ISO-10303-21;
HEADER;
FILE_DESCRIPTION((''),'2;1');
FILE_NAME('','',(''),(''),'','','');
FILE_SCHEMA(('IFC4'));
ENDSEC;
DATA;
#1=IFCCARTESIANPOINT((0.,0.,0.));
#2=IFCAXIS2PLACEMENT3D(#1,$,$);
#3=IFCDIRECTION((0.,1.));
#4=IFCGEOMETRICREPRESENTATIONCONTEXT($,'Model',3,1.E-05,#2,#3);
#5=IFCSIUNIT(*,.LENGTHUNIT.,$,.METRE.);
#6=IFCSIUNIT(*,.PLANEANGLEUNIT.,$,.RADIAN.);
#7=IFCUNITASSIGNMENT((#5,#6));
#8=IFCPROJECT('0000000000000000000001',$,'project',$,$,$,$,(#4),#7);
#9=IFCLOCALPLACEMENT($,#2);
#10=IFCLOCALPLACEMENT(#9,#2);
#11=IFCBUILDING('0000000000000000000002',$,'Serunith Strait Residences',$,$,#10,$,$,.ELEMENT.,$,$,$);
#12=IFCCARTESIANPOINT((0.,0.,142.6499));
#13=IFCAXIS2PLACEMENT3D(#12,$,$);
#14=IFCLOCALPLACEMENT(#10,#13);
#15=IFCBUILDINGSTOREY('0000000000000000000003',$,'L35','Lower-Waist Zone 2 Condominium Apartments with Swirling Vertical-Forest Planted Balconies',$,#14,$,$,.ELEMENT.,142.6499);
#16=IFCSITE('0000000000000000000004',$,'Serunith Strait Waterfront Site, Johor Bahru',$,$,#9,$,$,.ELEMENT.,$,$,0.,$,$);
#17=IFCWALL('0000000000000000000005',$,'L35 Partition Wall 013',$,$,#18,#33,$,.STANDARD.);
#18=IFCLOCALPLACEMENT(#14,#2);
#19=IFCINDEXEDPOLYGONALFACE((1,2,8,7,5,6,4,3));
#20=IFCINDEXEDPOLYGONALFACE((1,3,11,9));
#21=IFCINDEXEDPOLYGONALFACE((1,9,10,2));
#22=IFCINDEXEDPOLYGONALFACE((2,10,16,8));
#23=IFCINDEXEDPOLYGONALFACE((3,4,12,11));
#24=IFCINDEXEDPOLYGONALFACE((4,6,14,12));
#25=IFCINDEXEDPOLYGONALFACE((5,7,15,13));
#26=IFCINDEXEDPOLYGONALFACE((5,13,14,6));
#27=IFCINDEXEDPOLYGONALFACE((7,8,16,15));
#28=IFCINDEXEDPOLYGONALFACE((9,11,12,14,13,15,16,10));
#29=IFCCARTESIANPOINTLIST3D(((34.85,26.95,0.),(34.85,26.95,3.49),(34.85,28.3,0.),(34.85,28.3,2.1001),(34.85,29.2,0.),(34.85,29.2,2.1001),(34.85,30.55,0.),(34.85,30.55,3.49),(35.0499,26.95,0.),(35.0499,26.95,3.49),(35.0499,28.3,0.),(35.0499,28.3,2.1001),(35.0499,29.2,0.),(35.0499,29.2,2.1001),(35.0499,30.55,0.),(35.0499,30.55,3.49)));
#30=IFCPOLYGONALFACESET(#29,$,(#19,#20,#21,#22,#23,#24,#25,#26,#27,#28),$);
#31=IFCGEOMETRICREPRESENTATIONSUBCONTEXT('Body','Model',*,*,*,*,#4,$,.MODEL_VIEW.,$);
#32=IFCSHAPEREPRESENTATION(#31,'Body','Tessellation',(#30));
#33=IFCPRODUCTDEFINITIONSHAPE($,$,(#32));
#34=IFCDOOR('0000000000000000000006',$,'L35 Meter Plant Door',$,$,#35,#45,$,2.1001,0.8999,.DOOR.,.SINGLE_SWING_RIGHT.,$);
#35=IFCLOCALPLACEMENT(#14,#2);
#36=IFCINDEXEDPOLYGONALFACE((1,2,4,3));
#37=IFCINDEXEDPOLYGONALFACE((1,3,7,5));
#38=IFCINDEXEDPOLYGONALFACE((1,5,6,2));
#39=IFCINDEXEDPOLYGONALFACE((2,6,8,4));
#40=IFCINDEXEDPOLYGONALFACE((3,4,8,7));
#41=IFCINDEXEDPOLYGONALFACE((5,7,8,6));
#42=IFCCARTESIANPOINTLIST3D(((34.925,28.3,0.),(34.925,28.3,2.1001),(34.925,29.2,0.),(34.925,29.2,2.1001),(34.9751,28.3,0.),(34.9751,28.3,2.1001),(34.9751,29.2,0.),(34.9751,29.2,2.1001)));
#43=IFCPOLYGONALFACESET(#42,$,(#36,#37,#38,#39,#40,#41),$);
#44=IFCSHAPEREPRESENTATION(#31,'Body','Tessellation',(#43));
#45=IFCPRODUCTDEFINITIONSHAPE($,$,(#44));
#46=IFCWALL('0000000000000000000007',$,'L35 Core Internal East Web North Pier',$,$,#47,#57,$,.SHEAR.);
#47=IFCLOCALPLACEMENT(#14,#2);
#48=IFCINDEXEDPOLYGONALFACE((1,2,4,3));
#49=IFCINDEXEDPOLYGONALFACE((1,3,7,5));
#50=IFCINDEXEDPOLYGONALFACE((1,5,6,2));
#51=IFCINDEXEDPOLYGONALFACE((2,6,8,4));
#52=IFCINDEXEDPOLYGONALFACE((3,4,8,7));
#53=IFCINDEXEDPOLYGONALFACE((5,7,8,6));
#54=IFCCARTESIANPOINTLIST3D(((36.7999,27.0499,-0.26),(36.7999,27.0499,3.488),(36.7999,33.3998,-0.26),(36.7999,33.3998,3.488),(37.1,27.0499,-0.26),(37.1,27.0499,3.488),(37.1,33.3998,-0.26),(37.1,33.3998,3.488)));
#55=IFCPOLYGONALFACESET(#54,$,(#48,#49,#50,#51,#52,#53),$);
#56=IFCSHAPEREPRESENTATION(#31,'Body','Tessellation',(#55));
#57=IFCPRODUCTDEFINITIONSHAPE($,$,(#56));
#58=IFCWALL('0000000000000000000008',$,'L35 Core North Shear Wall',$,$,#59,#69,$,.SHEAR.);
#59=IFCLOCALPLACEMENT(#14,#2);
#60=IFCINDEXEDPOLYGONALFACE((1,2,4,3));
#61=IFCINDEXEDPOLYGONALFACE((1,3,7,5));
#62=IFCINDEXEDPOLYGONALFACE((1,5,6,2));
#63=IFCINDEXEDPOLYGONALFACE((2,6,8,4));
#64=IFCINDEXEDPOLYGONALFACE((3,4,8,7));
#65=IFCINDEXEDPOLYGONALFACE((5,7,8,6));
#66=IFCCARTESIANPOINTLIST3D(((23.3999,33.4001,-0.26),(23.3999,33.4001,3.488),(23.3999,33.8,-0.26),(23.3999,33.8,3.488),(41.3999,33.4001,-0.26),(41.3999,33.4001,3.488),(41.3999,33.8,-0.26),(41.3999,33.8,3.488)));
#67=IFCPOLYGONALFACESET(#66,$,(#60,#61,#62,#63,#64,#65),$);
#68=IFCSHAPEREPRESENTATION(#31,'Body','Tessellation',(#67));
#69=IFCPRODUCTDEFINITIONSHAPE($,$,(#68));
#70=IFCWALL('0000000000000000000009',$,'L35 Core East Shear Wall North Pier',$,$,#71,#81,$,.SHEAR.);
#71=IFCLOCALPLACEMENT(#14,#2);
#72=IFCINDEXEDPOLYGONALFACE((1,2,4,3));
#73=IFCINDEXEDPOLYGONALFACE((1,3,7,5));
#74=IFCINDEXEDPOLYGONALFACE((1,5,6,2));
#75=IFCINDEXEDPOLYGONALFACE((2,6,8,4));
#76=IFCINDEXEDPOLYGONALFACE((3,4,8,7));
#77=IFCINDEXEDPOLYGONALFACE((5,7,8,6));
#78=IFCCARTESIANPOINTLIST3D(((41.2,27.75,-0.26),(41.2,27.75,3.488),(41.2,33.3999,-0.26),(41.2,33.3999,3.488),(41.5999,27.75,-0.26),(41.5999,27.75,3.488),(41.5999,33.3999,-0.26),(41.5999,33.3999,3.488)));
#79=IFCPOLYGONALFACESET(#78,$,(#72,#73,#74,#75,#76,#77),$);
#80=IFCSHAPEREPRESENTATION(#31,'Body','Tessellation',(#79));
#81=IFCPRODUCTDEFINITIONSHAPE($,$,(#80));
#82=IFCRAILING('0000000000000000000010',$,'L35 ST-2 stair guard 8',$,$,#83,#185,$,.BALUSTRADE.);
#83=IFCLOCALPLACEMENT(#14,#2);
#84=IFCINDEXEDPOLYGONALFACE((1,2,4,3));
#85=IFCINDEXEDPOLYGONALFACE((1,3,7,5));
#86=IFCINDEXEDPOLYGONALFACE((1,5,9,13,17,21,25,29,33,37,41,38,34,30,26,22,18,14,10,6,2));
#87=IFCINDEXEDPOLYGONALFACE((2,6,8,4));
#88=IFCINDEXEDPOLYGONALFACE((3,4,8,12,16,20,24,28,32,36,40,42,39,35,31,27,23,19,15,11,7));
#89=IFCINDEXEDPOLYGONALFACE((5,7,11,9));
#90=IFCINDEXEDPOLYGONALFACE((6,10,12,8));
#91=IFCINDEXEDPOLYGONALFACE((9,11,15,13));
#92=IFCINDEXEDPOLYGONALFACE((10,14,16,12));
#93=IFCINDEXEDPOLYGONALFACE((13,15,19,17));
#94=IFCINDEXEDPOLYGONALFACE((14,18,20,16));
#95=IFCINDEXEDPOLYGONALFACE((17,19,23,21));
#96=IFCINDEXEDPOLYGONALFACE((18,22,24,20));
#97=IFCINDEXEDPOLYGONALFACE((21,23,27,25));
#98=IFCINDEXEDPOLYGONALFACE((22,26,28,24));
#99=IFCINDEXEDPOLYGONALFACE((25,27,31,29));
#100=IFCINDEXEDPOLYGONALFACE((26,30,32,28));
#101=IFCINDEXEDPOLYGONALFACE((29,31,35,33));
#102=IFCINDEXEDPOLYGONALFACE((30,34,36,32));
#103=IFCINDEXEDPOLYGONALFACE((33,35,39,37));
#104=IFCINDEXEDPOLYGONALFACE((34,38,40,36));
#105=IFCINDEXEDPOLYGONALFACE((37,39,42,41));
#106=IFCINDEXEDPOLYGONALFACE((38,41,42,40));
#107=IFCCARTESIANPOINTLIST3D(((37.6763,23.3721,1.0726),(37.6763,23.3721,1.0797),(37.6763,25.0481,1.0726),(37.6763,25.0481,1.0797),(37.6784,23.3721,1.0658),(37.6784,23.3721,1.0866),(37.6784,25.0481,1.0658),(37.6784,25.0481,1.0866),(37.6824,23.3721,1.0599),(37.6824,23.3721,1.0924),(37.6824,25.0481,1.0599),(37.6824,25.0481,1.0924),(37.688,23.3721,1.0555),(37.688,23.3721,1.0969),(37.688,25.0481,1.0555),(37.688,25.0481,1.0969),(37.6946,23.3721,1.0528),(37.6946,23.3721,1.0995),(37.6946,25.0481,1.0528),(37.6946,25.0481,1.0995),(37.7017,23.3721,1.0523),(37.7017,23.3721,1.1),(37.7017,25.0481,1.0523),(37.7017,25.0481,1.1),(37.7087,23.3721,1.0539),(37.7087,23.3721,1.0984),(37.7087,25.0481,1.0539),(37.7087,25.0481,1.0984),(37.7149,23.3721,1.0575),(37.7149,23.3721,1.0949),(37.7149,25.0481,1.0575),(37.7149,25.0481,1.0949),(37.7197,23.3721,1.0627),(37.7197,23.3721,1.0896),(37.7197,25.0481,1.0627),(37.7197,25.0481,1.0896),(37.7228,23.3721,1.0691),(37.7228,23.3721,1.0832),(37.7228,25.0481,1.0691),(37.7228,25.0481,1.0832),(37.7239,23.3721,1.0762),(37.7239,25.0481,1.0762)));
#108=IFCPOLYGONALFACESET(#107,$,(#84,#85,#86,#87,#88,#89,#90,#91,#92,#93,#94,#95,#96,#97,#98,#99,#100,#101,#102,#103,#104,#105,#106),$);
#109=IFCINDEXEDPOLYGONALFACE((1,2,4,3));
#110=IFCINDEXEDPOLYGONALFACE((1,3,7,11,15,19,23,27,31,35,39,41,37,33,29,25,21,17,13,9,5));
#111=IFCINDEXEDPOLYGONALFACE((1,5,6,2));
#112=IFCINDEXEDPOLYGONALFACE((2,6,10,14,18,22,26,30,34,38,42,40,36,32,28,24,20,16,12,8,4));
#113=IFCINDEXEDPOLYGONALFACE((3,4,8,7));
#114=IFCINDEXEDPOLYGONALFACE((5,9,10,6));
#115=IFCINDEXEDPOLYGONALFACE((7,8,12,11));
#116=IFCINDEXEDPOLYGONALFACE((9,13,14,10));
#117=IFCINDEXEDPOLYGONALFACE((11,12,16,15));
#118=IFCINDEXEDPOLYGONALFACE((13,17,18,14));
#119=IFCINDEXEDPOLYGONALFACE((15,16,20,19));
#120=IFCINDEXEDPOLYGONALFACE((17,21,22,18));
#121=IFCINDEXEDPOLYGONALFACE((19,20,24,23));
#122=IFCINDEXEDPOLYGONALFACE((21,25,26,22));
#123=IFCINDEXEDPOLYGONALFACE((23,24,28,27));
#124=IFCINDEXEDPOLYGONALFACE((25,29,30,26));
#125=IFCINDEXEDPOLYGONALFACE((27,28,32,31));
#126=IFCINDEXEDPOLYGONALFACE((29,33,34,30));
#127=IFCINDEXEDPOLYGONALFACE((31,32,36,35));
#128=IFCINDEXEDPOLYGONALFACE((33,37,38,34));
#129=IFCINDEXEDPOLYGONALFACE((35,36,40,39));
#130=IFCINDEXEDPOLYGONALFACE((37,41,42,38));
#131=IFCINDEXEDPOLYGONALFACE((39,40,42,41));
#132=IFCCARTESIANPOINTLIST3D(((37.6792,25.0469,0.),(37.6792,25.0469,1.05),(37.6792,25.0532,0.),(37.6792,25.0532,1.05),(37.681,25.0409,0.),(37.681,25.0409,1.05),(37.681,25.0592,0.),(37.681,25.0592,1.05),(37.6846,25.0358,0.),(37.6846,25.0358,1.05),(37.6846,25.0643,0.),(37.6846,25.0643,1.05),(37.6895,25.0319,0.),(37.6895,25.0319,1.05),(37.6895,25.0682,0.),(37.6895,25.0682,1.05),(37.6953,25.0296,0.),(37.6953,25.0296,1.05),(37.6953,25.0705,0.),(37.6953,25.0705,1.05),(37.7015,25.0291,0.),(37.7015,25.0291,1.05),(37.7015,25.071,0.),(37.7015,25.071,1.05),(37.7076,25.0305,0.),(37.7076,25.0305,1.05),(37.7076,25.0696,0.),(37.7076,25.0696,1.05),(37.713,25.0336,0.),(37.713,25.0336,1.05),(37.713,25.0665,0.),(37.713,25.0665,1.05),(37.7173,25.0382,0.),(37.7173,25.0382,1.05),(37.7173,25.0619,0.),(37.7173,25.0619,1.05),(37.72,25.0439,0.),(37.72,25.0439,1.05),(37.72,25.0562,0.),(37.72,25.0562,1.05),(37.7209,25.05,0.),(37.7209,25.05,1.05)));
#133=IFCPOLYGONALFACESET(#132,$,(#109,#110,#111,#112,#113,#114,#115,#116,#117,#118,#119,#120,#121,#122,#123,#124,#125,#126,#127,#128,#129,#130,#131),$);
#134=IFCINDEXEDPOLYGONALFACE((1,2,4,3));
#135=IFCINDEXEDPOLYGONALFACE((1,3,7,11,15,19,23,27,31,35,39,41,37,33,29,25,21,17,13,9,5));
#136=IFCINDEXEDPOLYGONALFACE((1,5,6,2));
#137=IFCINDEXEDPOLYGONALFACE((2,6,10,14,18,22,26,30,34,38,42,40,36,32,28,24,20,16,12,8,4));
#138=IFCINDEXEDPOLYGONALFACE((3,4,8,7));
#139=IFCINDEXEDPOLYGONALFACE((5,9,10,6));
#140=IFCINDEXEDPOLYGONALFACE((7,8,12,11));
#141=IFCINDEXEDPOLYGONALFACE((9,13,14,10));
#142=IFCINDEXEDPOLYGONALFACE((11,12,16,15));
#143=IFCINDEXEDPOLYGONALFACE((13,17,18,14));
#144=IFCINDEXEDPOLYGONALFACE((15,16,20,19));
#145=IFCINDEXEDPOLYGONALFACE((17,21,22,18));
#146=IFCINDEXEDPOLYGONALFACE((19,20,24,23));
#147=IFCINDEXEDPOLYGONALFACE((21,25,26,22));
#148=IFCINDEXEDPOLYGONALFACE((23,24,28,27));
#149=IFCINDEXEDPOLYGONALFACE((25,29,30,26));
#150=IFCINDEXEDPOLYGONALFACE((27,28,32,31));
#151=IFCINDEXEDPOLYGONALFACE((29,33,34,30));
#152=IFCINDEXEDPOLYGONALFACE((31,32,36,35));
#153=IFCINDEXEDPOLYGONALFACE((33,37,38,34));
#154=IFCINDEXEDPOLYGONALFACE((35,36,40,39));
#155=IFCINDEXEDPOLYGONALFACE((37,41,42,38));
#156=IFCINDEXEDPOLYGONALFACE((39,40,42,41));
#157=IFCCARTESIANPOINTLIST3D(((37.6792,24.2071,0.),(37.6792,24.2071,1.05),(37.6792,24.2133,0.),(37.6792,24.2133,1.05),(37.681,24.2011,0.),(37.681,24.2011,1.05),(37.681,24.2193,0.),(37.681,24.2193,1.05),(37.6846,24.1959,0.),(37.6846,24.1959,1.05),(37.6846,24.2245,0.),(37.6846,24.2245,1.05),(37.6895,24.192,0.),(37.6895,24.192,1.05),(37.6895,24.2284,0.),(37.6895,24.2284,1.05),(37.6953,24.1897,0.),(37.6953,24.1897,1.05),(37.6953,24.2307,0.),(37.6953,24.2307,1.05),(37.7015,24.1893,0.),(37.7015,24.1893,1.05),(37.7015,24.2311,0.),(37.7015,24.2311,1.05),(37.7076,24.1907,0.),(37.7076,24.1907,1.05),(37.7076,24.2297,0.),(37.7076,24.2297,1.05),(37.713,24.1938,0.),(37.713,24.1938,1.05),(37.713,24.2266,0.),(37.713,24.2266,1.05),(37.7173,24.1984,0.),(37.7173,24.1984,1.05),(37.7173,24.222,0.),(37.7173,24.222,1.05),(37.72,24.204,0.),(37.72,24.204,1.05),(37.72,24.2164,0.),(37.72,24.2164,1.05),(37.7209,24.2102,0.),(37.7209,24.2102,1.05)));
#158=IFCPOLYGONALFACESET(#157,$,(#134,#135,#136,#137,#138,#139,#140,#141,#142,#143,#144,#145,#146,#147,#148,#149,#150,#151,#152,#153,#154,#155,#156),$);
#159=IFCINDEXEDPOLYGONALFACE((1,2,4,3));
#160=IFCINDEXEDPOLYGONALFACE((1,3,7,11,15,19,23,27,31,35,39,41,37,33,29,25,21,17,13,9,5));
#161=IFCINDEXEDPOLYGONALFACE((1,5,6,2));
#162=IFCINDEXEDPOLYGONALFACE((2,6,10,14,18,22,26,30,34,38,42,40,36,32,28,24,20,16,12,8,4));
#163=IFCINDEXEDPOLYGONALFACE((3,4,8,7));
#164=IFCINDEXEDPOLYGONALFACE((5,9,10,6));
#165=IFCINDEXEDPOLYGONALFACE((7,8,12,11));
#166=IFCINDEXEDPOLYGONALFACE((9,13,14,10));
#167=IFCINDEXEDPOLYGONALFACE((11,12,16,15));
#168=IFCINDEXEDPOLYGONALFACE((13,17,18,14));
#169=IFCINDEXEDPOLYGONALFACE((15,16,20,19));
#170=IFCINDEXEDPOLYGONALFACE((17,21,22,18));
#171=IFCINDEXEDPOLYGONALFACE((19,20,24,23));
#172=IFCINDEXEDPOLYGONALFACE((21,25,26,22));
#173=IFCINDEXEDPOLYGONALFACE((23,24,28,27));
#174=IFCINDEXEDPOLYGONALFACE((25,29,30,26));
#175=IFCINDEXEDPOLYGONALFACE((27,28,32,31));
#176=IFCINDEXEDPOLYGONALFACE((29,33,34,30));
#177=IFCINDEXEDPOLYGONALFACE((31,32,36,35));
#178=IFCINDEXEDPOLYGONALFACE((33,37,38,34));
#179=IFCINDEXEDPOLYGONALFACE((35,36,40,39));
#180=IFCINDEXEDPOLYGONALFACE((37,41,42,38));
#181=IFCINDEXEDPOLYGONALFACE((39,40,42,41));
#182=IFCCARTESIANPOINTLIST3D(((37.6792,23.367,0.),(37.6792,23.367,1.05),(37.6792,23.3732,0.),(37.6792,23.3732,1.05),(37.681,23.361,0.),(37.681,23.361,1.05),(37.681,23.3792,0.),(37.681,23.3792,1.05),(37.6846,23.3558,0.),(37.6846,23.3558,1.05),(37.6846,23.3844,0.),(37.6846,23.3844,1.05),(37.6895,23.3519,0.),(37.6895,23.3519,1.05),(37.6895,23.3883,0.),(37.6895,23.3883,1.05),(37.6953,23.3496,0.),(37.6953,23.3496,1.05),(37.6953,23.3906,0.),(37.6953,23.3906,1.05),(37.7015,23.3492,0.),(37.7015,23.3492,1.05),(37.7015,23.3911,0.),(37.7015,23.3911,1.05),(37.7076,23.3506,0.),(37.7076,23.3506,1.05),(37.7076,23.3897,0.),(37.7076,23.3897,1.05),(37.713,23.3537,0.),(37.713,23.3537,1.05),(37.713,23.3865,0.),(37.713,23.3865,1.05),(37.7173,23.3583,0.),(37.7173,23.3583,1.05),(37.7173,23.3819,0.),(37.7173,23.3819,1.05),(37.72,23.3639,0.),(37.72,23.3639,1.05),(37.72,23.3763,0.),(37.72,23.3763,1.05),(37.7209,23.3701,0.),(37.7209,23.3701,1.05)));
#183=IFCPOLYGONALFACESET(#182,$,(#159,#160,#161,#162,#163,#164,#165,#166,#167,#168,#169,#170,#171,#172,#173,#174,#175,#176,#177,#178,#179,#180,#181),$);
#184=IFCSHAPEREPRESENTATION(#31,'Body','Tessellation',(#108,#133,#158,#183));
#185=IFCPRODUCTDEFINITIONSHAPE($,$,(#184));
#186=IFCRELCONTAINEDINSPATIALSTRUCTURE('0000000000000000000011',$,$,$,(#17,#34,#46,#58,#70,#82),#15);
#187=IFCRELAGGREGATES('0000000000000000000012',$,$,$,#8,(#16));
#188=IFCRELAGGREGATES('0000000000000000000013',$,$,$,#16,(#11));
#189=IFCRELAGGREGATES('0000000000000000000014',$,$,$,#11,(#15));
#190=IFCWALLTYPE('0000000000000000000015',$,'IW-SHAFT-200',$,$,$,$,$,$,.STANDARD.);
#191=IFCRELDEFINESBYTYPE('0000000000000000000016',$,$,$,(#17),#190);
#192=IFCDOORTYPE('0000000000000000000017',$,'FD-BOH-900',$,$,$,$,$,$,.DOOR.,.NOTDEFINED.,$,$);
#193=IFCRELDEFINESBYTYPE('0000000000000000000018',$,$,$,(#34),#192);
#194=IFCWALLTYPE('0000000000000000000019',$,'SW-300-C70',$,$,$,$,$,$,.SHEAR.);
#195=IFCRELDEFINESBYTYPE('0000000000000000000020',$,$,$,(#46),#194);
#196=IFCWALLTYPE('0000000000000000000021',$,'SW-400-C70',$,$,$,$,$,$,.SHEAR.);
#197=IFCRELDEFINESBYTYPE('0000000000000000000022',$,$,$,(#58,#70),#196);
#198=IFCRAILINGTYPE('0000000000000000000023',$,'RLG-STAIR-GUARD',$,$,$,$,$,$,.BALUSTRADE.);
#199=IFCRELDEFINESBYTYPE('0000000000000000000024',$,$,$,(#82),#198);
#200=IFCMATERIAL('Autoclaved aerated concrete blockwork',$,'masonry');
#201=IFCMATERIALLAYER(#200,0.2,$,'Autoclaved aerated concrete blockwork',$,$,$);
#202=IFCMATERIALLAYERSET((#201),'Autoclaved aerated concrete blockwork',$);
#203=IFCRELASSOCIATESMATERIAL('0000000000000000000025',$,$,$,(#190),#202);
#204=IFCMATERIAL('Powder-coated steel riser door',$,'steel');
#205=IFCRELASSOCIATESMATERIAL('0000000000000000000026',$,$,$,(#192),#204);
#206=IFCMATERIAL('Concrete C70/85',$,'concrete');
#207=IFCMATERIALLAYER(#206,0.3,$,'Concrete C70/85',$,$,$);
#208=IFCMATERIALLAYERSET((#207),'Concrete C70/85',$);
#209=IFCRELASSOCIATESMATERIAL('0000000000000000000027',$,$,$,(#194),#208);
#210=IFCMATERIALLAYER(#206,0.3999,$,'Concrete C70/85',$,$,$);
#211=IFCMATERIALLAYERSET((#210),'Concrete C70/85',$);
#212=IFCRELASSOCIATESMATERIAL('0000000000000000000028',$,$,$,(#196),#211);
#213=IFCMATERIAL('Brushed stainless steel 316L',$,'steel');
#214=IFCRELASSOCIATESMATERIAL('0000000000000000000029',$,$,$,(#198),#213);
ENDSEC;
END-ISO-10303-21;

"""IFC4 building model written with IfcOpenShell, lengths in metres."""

from ifc_helpers import new_model, si_unit, direction, frame, frame_2d, origin, origin_2d, place, context, subcontext, project, spatial, rectangle, circle, extrude, source, transform, mapped, material, layer, layer_set, type_object, element, fill, save


model = new_model("IFC4")

# Units and contexts
model_context = context("Model", 3, precision=1e-05, world=origin(), true_north=direction((0.0, 1.0)))
body_context = subcontext(model_context, "Body", "Model", "MODEL_VIEW")
ifc_project = project(units=[si_unit("LENGTHUNIT", "METRE"), si_unit("PLANEANGLEUNIT", "RADIAN")], contexts=[model_context])

# Site, building, storey
site_placement = place(None, origin())
site = spatial("IfcSite", under=ifc_project, at=site_placement, Name="Serunith Strait Waterfront Site, Johor Bahru", CompositionType="ELEMENT", RefElevation=0.0)
building_placement = place(site_placement, origin())
building = spatial("IfcBuilding", under=site, at=building_placement, Name="Serunith Strait Residences", CompositionType="ELEMENT")
storey_placement = place(building_placement, frame((0.0, 0.0, 142.6499)))
storey = spatial("IfcBuildingStorey", under=building, at=storey_placement, Name="L35", Description="Lower-Waist Zone 2 Condominium Apartments with Swirling Vertical-Forest Planted Balconies", CompositionType="ELEMENT", Elevation=142.6499)

# Shared definitions
ifc_material_1 = material(Name="Autoclaved aerated concrete blockwork", Category="masonry")
ifc_layer_1 = layer(ifc_material_1, 0.2, Name="Autoclaved aerated concrete blockwork")
ifc_layer_set_1 = layer_set([ifc_layer_1], Name="Autoclaved aerated concrete blockwork")
wall_type_1 = type_object("IfcWallType", Name="IW-SHAFT-200", PredefinedType="STANDARD", material=ifc_layer_set_1)

# Wall, opening, door
wall_1_placement = place(storey_placement, frame((34.95, 26.95, 0.0), z_axis=(0.0, 0.0, 1.0), x_axis=(0.0, 1.0, 0.0)))
wall_1 = element("IfcWall", 1, at=wall_1_placement, inside=storey, type_object=wall_type_1, Name="L35 Partition Wall 013", PredefinedType="STANDARD", context=body_context, shape_type="SweptSolid", body=[
    extrude(rectangle(XDim=3.6001, YDim=0.2, at=frame_2d((1.8, 0.0))), origin(), (0.0, 0.0, 1.0), 3.49),
])
opening_1_placement = place(wall_1_placement, frame((1.3501, 0.0, 0.0)))
opening_1 = element("IfcOpeningElement", 2, at=opening_1_placement, cuts=wall_1, PredefinedType="OPENING", context=body_context, shape_type="SweptSolid", body=[
    extrude(rectangle(XDim=0.8999, YDim=2.1001, at=frame_2d((0.45, 1.05))), frame((0.0, 0.1099, 0.0), z_axis=(0.0, -1.0, 0.0), x_axis=(1.0, 0.0, 0.0)), (0.0, 0.0, 1.0), 0.22),
])
ifc_material_2 = material(Name="Powder-coated steel riser door", Category="steel")
door_type_1 = type_object("IfcDoorType", Name="FD-BOH-900", OperationType="NOTDEFINED", PredefinedType="DOOR", material=ifc_material_2)
shared_shape_1 = source(origin(), body_context, "Body", "SweptSolid", [
    extrude(rectangle(XDim=0.8999, YDim=2.1001, at=frame_2d((0.45, 1.05))), frame((0.0, 0.0249, 0.0), z_axis=(0.0, -1.0, 0.0), x_axis=(1.0, 0.0, 0.0)), (0.0, 0.0, 1.0), 0.05),
])
door_1_placement = place(opening_1_placement, origin())
door_1 = element("IfcDoor", 3, at=door_1_placement, inside=storey, type_object=door_type_1, Name="L35 Meter Plant Door", OperationType="SINGLE_SWING_RIGHT", OverallHeight=2.1001, OverallWidth=0.8999, PredefinedType="DOOR", context=body_context, shape_type="MappedRepresentation", body=[
    mapped(shared_shape_1, transform((0.0, 0.0, 0.0), scale=1.0)),
])
fill(opening_1, door_1)

# Walls
ifc_material_3 = material(Name="Concrete C70/85", Category="concrete")
ifc_layer_2 = layer(ifc_material_3, 0.3, Name="Concrete C70/85")
ifc_layer_set_2 = layer_set([ifc_layer_2], Name="Concrete C70/85")
wall_type_2 = type_object("IfcWallType", Name="SW-300-C70", PredefinedType="SHEAR", material=ifc_layer_set_2)
wall_2_placement = place(storey_placement, frame((36.95, 27.05, -0.26), z_axis=(0.0, 0.0, 1.0), x_axis=(0.0, 1.0, 0.0)))
element("IfcWall", 4, at=wall_2_placement, inside=storey, type_object=wall_type_2, Name="L35 Core Internal East Web North Pier", PredefinedType="SHEAR", context=body_context, shape_type="SweptSolid", body=[
    extrude(rectangle(XDim=6.3499, YDim=0.3, at=frame_2d((3.1748, 0.0))), origin(), (0.0, 0.0, 1.0), 3.748),
])
ifc_layer_3 = layer(ifc_material_3, 0.3999, Name="Concrete C70/85")
ifc_layer_set_3 = layer_set([ifc_layer_3], Name="Concrete C70/85")
wall_type_3 = type_object("IfcWallType", Name="SW-400-C70", PredefinedType="SHEAR", material=ifc_layer_set_3)
wall_3_placement = place(storey_placement, frame((41.3999, 33.6001, -0.26), z_axis=(0.0, 0.0, 1.0), x_axis=(-1.0, 0.0, 0.0)))
element("IfcWall", 5, at=wall_3_placement, inside=storey, type_object=wall_type_3, Name="L35 Core North Shear Wall", PredefinedType="SHEAR", context=body_context, shape_type="SweptSolid", body=[
    extrude(rectangle(XDim=18.0, YDim=0.3999, at=frame_2d((9.0, 0.0))), origin(), (0.0, 0.0, 1.0), 3.748),
])
wall_4_placement = place(storey_placement, frame((41.3999, 27.75, -0.26), z_axis=(0.0, 0.0, 1.0), x_axis=(0.0, 1.0, 0.0)))
element("IfcWall", 6, at=wall_4_placement, inside=storey, type_object=wall_type_3, Name="L35 Core East Shear Wall North Pier", PredefinedType="SHEAR", context=body_context, shape_type="SweptSolid", body=[
    extrude(rectangle(XDim=5.6499, YDim=0.3999, at=frame_2d((2.825, 0.0))), origin(), (0.0, 0.0, 1.0), 3.748),
])

# Railing
ifc_material_4 = material(Name="Brushed stainless steel 316L", Category="steel")
railing_type = type_object("IfcRailingType", Name="RLG-STAIR-GUARD", PredefinedType="BALUSTRADE", material=ifc_material_4)
for number, where, name in (
    (7, (37.7, 25.05, 0.0), "L35 ST-2 stair guard 8"),
):
    element("IfcRailing", number, at=place(storey_placement, frame(where)), inside=storey, type_object=railing_type, Name=name, PredefinedType="BALUSTRADE", context=body_context, shape_type="SweptSolid", body=[
        extrude(circle(Radius=0.0239, at=origin_2d()), frame((0.0, -0.002, 1.0762), z_axis=(0.0, -1.0, 0.0), x_axis=(1.0, 0.0, 0.0)), (0.0, 0.0, 1.0), 1.676),
        extrude(circle(Radius=0.021, at=origin_2d()), origin(), (0.0, 0.0, 1.0), 1.05),
        extrude(circle(Radius=0.021, at=origin_2d()), frame((0.0, -0.8398, 0.0)), (0.0, 0.0, 1.0), 1.05),
        extrude(circle(Radius=0.021, at=origin_2d()), frame((0.0, -1.6799, 0.0)), (0.0, 0.0, 1.0), 1.05),
    ])

save(model, "model.ifc")
